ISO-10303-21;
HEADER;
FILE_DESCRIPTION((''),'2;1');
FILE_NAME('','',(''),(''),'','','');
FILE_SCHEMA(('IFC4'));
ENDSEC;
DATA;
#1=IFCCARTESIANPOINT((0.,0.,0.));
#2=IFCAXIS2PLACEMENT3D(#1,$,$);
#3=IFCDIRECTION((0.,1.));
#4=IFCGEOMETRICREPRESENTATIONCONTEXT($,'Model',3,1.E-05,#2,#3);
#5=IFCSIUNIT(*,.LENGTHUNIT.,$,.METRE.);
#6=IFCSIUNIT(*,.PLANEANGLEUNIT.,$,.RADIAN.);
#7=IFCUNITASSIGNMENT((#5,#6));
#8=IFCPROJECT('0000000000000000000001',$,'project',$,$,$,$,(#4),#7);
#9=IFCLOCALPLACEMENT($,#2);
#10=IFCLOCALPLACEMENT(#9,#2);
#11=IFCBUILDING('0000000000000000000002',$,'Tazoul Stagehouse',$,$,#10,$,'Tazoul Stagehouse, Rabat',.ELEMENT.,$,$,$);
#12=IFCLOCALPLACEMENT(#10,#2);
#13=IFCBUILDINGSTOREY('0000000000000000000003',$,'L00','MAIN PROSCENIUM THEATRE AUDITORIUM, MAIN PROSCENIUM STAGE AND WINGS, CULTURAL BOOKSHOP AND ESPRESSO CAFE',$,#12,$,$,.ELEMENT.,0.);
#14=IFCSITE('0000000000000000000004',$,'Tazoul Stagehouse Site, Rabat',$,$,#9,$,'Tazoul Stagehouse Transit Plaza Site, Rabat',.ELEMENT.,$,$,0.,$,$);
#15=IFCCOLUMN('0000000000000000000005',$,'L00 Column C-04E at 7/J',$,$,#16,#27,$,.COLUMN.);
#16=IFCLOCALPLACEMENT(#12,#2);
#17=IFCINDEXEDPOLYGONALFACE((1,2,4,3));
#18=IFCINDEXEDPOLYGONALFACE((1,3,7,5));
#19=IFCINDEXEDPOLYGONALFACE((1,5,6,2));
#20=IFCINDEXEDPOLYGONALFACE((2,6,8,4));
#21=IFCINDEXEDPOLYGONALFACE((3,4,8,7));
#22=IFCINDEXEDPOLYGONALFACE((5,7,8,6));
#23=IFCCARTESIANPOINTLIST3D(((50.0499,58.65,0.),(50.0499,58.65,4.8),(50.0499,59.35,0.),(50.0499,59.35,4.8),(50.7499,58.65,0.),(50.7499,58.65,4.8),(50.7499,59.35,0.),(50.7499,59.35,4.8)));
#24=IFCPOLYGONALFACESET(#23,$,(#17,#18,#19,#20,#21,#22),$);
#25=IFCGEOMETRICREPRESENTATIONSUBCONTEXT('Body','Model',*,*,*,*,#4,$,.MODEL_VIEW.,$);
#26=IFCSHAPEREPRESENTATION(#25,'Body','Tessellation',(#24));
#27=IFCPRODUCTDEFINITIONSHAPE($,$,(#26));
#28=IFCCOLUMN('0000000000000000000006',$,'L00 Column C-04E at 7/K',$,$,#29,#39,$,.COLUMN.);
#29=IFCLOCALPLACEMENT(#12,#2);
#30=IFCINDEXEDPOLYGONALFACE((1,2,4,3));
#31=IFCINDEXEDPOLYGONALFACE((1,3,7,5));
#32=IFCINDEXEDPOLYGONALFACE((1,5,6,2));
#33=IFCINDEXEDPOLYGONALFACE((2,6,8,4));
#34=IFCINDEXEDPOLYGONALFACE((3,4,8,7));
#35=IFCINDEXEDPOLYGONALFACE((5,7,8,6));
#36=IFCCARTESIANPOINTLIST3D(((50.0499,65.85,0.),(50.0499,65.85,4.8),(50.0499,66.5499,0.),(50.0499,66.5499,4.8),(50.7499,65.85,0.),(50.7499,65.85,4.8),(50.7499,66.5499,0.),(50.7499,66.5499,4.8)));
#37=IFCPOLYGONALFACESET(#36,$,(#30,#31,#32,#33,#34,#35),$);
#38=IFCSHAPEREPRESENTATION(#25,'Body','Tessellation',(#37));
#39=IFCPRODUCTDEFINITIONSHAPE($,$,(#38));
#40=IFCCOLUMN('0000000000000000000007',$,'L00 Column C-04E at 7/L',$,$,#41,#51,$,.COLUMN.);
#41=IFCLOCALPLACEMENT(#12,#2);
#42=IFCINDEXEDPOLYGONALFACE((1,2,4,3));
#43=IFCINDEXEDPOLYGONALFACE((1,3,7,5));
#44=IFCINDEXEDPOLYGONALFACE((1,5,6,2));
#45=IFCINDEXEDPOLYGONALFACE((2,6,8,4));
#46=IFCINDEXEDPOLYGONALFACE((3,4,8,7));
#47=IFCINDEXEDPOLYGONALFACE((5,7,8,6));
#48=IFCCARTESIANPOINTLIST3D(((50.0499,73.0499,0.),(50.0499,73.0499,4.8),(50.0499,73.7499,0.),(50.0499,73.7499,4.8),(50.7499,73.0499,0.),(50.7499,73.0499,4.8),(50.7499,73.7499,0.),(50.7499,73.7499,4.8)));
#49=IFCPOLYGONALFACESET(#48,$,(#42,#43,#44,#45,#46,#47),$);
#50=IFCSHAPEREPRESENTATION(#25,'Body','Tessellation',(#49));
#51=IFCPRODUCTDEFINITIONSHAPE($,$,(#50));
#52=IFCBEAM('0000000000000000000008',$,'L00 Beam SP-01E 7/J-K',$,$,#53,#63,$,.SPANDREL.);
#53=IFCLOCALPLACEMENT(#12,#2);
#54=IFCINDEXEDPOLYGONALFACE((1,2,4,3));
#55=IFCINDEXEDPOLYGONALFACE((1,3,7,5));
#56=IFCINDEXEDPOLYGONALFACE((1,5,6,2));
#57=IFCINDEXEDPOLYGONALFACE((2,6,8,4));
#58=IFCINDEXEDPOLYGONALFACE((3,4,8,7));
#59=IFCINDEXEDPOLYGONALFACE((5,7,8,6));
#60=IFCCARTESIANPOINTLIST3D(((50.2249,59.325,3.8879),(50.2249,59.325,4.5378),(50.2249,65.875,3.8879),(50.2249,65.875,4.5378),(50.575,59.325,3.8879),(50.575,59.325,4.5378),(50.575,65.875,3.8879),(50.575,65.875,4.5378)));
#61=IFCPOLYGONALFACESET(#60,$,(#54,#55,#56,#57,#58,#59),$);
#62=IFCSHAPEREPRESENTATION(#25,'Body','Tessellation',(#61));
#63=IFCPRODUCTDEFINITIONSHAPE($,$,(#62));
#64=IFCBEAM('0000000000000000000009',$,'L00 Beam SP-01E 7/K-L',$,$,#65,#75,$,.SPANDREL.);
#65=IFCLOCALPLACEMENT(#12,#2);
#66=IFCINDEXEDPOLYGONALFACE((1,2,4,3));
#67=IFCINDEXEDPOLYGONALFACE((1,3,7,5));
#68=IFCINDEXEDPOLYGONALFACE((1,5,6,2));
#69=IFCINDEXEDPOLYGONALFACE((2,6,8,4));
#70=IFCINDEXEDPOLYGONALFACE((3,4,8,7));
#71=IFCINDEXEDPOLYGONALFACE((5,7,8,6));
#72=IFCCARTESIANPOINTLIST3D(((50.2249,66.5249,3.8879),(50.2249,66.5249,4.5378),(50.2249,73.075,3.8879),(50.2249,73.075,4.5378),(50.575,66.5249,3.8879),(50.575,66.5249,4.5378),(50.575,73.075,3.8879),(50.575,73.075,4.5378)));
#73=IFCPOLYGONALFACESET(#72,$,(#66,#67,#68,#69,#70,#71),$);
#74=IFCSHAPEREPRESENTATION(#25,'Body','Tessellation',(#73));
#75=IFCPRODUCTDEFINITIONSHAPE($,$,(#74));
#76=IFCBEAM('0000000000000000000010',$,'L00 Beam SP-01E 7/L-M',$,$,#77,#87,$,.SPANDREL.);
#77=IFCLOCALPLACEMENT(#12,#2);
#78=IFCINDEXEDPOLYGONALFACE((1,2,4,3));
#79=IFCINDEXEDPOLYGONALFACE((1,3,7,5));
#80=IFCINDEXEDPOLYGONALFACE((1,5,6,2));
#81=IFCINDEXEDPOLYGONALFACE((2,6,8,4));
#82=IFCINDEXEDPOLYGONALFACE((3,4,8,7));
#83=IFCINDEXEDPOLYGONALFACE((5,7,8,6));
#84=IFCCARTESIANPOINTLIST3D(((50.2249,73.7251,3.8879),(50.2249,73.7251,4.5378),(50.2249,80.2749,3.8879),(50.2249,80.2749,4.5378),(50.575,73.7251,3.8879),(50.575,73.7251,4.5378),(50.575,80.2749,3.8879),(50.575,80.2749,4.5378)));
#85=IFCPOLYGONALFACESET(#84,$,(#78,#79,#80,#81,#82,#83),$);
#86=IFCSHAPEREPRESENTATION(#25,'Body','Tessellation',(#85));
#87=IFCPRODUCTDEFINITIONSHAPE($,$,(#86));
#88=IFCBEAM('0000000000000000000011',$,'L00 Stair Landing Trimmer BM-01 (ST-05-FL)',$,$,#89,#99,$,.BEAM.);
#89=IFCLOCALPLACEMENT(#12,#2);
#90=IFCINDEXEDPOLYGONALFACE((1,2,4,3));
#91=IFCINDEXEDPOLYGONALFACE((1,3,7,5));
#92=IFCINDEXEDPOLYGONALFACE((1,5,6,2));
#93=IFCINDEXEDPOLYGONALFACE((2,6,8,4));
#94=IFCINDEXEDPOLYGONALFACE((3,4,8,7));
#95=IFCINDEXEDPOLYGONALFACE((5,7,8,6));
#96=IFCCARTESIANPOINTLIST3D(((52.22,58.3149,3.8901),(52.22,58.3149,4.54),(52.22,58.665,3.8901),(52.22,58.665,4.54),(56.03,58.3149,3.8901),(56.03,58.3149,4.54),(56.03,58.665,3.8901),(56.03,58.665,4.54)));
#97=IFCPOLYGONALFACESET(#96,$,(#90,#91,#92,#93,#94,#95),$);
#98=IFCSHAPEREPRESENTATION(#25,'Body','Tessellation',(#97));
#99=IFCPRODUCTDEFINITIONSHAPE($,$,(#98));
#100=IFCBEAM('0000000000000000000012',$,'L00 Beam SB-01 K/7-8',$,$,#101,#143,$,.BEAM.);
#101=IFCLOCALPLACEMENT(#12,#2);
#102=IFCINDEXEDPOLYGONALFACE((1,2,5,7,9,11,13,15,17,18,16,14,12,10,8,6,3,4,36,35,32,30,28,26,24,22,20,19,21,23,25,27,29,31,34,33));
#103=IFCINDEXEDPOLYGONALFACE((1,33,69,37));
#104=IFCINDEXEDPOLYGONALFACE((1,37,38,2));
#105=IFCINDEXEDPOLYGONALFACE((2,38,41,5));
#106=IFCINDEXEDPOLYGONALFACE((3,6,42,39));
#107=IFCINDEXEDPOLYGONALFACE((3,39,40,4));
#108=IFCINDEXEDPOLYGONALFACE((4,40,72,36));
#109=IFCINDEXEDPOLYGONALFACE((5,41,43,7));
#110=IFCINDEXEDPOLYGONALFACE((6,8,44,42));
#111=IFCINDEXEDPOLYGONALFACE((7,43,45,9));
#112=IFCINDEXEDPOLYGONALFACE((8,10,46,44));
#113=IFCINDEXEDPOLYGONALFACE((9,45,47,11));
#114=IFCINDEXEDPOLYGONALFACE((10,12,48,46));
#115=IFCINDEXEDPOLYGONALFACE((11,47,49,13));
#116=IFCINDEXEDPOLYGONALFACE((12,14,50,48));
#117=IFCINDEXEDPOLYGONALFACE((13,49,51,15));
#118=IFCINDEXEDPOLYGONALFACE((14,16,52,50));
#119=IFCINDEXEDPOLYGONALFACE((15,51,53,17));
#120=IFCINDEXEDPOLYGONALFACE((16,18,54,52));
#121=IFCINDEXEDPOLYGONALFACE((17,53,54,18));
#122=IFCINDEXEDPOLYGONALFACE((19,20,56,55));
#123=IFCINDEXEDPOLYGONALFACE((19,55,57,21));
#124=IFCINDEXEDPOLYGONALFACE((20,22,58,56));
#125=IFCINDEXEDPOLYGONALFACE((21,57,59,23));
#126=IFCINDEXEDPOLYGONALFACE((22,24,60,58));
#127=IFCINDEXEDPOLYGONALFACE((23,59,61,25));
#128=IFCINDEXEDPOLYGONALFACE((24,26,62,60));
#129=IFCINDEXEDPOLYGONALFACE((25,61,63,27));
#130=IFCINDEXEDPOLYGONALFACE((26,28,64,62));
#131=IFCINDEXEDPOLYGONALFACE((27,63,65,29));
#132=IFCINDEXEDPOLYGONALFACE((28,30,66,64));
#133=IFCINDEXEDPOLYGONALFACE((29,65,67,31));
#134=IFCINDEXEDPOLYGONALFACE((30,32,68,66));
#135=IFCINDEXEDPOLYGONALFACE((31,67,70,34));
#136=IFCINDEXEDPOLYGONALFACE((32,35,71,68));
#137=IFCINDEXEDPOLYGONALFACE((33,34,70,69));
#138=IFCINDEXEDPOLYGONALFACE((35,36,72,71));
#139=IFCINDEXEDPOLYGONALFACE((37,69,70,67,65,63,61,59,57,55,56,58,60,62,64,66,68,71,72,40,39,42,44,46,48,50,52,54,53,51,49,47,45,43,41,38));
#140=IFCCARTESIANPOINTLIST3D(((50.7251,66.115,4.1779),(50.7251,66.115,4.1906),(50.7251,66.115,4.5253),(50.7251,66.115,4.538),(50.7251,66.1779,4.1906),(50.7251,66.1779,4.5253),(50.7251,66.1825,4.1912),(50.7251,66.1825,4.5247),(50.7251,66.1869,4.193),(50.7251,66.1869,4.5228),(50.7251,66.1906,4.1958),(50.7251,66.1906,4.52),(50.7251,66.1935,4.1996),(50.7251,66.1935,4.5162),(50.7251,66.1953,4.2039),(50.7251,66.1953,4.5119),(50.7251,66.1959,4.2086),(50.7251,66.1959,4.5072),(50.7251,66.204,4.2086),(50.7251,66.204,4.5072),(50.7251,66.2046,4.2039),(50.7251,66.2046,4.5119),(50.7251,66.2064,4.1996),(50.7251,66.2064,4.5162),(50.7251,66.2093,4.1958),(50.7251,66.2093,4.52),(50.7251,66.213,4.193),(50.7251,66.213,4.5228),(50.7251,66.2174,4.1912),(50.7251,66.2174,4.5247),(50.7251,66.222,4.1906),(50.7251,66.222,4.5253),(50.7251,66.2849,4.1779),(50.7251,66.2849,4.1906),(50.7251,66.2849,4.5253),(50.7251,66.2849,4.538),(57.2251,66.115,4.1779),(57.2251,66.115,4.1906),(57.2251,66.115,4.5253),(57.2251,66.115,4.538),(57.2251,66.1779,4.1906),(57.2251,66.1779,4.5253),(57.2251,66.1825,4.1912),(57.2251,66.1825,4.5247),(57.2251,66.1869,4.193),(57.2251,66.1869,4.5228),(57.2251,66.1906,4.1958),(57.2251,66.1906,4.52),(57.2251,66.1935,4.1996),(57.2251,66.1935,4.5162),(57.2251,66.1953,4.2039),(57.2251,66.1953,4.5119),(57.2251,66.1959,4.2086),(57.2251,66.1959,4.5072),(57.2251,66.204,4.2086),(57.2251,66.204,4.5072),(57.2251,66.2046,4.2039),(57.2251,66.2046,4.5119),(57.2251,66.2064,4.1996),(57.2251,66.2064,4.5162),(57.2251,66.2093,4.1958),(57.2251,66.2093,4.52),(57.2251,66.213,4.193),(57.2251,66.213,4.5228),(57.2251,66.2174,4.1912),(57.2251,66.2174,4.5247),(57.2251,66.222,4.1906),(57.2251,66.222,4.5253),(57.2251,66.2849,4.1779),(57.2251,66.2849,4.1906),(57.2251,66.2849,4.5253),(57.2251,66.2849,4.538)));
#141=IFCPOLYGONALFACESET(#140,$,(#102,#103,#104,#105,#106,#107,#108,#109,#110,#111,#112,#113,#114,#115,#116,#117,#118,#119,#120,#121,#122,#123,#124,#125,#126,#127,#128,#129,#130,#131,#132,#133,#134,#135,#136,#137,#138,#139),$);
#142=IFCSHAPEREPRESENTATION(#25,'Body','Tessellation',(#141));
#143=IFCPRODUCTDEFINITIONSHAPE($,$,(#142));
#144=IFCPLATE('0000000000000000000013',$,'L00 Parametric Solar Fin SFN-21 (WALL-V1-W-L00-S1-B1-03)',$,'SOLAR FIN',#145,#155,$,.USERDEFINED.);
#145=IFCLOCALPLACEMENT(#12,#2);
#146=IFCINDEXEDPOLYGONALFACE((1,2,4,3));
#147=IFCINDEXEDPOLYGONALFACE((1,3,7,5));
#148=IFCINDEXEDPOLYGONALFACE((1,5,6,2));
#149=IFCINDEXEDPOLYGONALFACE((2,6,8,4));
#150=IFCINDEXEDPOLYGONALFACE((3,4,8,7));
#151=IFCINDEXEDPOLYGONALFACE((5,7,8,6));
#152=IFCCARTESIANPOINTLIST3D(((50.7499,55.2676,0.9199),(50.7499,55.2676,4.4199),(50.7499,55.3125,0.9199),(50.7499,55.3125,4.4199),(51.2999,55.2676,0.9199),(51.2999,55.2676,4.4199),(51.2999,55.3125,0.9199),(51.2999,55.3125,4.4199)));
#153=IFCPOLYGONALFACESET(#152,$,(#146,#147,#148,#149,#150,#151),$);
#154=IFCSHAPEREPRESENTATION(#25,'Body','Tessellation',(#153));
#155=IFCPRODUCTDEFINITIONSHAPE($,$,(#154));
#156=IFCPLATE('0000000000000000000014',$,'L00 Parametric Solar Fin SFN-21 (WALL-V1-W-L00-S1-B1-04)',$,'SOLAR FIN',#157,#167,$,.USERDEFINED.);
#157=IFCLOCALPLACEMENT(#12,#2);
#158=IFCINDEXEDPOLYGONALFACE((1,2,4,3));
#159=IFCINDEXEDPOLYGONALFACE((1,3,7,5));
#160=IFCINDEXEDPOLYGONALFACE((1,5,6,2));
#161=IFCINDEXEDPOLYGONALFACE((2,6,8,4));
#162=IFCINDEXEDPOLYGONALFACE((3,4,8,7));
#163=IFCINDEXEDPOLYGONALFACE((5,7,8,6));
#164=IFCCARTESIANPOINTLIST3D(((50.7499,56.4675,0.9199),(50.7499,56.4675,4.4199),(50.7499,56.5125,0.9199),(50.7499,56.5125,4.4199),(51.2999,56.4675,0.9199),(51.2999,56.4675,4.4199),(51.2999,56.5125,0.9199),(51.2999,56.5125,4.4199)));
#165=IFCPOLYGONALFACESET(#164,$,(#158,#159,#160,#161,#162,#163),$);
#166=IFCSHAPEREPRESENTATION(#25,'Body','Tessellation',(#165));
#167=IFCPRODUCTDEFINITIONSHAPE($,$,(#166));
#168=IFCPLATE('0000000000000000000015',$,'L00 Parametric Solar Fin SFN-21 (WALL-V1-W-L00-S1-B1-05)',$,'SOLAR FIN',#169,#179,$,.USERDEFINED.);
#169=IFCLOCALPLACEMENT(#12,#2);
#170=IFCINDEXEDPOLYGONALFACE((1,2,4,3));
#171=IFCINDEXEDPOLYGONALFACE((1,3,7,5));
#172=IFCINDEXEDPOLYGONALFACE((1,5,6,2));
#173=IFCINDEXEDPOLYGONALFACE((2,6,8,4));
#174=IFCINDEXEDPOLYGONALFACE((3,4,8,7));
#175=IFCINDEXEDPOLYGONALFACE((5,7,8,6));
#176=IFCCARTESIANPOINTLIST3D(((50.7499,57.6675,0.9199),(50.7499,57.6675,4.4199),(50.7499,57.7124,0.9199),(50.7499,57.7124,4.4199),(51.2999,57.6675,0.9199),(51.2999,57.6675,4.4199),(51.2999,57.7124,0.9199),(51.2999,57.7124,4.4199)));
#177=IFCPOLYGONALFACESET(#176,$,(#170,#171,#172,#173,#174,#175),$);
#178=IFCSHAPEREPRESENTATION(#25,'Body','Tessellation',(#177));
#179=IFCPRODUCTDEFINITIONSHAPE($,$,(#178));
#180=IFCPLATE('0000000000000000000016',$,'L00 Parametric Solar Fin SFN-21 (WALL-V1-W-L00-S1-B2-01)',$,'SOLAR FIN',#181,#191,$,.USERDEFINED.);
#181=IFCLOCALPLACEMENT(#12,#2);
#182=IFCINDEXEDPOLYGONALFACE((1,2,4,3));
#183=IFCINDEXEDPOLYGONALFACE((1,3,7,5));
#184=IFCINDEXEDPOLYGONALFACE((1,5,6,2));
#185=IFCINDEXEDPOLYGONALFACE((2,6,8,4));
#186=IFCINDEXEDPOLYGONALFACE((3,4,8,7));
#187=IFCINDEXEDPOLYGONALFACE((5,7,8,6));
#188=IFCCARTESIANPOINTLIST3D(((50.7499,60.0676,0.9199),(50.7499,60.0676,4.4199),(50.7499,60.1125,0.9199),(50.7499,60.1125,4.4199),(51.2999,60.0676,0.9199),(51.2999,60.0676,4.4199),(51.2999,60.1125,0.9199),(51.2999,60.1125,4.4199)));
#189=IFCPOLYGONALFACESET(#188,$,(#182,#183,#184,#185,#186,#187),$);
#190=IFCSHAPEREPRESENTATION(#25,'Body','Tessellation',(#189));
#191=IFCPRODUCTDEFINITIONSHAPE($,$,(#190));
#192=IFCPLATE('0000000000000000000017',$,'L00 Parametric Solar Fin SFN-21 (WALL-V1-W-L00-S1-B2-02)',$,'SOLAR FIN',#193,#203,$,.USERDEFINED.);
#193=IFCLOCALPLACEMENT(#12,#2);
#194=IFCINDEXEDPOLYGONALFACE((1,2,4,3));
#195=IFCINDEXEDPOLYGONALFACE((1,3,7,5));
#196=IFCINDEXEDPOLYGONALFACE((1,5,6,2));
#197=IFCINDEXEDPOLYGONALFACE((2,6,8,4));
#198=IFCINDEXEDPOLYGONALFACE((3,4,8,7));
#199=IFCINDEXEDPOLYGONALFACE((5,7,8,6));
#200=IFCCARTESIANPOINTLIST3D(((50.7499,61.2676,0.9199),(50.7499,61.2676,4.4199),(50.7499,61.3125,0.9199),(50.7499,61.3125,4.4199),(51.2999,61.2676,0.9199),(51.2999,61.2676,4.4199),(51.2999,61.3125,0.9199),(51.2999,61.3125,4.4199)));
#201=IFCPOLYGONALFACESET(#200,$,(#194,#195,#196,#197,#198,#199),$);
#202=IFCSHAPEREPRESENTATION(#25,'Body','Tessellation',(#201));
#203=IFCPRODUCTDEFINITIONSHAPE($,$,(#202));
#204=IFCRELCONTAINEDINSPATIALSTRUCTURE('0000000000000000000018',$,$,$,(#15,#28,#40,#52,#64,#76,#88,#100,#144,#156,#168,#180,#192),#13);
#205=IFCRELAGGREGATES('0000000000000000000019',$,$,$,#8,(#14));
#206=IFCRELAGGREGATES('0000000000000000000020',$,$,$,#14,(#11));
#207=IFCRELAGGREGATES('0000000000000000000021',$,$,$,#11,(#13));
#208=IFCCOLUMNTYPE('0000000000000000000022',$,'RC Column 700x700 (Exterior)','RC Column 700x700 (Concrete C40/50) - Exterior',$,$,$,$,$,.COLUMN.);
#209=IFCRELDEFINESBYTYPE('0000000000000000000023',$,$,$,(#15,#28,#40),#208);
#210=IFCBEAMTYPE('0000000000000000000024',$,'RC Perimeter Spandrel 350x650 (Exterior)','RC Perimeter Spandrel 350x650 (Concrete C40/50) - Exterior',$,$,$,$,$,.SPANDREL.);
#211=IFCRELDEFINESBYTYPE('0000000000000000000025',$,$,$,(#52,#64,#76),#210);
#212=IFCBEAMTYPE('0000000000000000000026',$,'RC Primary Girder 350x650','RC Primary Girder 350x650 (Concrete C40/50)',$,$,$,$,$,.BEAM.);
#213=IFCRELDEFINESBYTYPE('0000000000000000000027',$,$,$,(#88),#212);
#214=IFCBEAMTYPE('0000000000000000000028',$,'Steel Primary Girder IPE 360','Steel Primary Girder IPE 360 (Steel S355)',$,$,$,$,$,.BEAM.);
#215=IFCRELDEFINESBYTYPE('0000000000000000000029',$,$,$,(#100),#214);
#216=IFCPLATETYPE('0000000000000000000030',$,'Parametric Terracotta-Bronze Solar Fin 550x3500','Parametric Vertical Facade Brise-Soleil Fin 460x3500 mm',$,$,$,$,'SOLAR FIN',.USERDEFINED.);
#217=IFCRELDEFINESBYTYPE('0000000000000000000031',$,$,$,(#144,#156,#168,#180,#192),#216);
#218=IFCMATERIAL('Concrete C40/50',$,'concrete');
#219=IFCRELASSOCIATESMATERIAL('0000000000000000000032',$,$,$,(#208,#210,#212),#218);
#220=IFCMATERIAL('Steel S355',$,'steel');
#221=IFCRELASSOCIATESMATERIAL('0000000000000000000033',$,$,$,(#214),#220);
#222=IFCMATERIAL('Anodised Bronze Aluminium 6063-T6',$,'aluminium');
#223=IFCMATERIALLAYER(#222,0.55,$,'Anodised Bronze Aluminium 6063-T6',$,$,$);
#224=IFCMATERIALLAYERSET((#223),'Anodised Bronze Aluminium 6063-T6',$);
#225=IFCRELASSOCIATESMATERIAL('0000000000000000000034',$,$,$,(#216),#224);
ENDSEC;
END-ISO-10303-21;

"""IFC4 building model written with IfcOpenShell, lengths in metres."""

from ifc_helpers import new_model, si_unit, direction, frame, origin, origin_2d, place, context, subcontext, project, spatial, rectangle, i_section, extrude, material, layer, layer_set, material_profile, profile_set, type_object, element, save


model = new_model("IFC4")

# Units and contexts
model_context = context("Model", 3, precision=1e-05, world=origin(), true_north=direction((0.0, 1.0)))
body_context = subcontext(model_context, "Body", "Model", "MODEL_VIEW")
ifc_project = project(units=[si_unit("LENGTHUNIT", "METRE"), si_unit("PLANEANGLEUNIT", "RADIAN")], contexts=[model_context])

# Site, building, storey
site_placement = place(None, origin())
site = spatial("IfcSite", under=ifc_project, at=site_placement, Name="Tazoul Stagehouse Site, Rabat", LongName="Tazoul Stagehouse Transit Plaza Site, Rabat", CompositionType="ELEMENT", RefElevation=0.0)
building_placement = place(site_placement, origin())
building = spatial("IfcBuilding", under=site, at=building_placement, Name="Tazoul Stagehouse", LongName="Tazoul Stagehouse, Rabat", CompositionType="ELEMENT")
storey_placement = place(building_placement, origin())
storey = spatial("IfcBuildingStorey", under=building, at=storey_placement, Name="L00", Description="MAIN PROSCENIUM THEATRE AUDITORIUM, MAIN PROSCENIUM STAGE AND WINGS, CULTURAL BOOKSHOP AND ESPRESSO CAFE", CompositionType="ELEMENT", Elevation=0.0)

# Columns
ifc_material_1 = material(Name="Concrete C40/50", Category="concrete")
ifc_material_profile_1 = material_profile(ifc_material_1, rectangle(XDim=0.7, YDim=0.7, at=origin_2d()), Name="RC 700x700")
ifc_profile_set_1 = profile_set([ifc_material_profile_1], Name="Concrete C40/50")
column_type = type_object("IfcColumnType", Name="RC Column 700x700 (Exterior)", Description="RC Column 700x700 (Concrete C40/50) - Exterior", PredefinedType="COLUMN", material=ifc_profile_set_1)
for number, where, z_axis, x_axis, name in (
    (1, (50.3999, 59.0, 0.0), (0.0, 0.0, 1.0), (1.0, 0.0, 0.0), "L00 Column C-04E at 7/J"),
    (2, (50.3999, 66.2, 0.0), (0.0, 0.0, 1.0), (1.0, 0.0, 0.0), "L00 Column C-04E at 7/K"),
    (3, (50.3999, 73.3999, 0.0), (0.0, 0.0, 1.0), (1.0, 0.0, 0.0), "L00 Column C-04E at 7/L"),
):
    element("IfcColumn", number, at=place(storey_placement, frame(where, z_axis=z_axis, x_axis=x_axis)), inside=storey, type_object=column_type, Name=name, PredefinedType="COLUMN", context=body_context, shape_type="SweptSolid", body=[
        extrude(rectangle(XDim=0.7, YDim=0.7, at=origin_2d()), origin(), (0.0, 0.0, 1.0), 4.8),
    ])

# Beams
ifc_material_profile_2 = material_profile(ifc_material_1, rectangle(XDim=0.3501, YDim=0.6499, at=origin_2d()), Name="RC 350x650")
ifc_profile_set_2 = profile_set([ifc_material_profile_2], Name="Concrete C40/50")
beam_type_1 = type_object("IfcBeamType", Name="RC Perimeter Spandrel 350x650 (Exterior)", Description="RC Perimeter Spandrel 350x650 (Concrete C40/50) - Exterior", PredefinedType="SPANDREL", material=ifc_profile_set_2)
for number, where, z_axis, x_axis, name in (
    (4, (50.3999, 59.325, 4.2129), (0.0, 1.0, 0.0), (-1.0, 0.0, 0.0), "L00 Beam SP-01E 7/J-K"),
    (5, (50.3999, 66.5249, 4.2129), (0.0, 1.0, 0.0), (-1.0, 0.0, 0.0), "L00 Beam SP-01E 7/K-L"),
):
    element("IfcBeam", number, at=place(storey_placement, frame(where, z_axis=z_axis, x_axis=x_axis)), inside=storey, type_object=beam_type_1, Name=name, PredefinedType="SPANDREL", context=body_context, shape_type="SweptSolid", body=[
        extrude(rectangle(XDim=0.3501, YDim=0.6499, at=origin_2d()), origin(), (0.0, 0.0, 1.0), 6.55),
    ])
beam_1_placement = place(storey_placement, frame((50.3999, 73.7251, 4.2129), z_axis=(0.0, 1.0, 0.0), x_axis=(-1.0, 0.0, 0.0)))
element("IfcBeam", 6, at=beam_1_placement, inside=storey, type_object=beam_type_1, Name="L00 Beam SP-01E 7/L-M", PredefinedType="SPANDREL", context=body_context, shape_type="SweptSolid", body=[
    extrude(rectangle(XDim=0.3501, YDim=0.6499, at=origin_2d()), origin(), (0.0, 0.0, 1.0), 6.5498),
])
ifc_material_profile_3 = material_profile(ifc_material_1, rectangle(XDim=0.3501, YDim=0.6499, at=origin_2d()), Name="RC 350x650")
ifc_profile_set_3 = profile_set([ifc_material_profile_3], Name="Concrete C40/50")
beam_type_2 = type_object("IfcBeamType", Name="RC Primary Girder 350x650", Description="RC Primary Girder 350x650 (Concrete C40/50)", PredefinedType="BEAM", material=ifc_profile_set_3)
beam_2_placement = place(storey_placement, frame((52.22, 58.49, 4.2151), z_axis=(1.0, 0.0, 0.0), x_axis=(0.0, 1.0, 0.0)))
element("IfcBeam", 7, at=beam_2_placement, inside=storey, type_object=beam_type_2, Name="L00 Stair Landing Trimmer BM-01 (ST-05-FL)", PredefinedType="BEAM", context=body_context, shape_type="SweptSolid", body=[
    extrude(rectangle(XDim=0.3501, YDim=0.6499, at=origin_2d()), origin(), (0.0, 0.0, 1.0), 3.8101),
])
ifc_material_2 = material(Name="Steel S355", Category="steel")
ifc_material_profile_4 = material_profile(ifc_material_2, i_section(OverallWidth=0.1699, OverallDepth=0.3601, WebThickness=0.0081, FlangeThickness=0.0127, FilletRadius=0.0181, at=origin_2d()), Name="IPE 360")
ifc_profile_set_4 = profile_set([ifc_material_profile_4], Name="Steel S355")
beam_type_3 = type_object("IfcBeamType", Name="Steel Primary Girder IPE 360", Description="Steel Primary Girder IPE 360 (Steel S355)", PredefinedType="BEAM", material=ifc_profile_set_4)
beam_3_placement = place(storey_placement, frame((50.7251, 66.2, 4.3579), z_axis=(1.0, 0.0, 0.0), x_axis=(0.0, 1.0, 0.0)))
element("IfcBeam", 8, at=beam_3_placement, inside=storey, type_object=beam_type_3, Name="L00 Beam SB-01 K/7-8", PredefinedType="BEAM", context=body_context, shape_type="SweptSolid", body=[
    extrude(i_section(OverallWidth=0.1699, OverallDepth=0.3601, WebThickness=0.0081, FlangeThickness=0.0127, FilletRadius=0.0181, at=origin_2d()), origin(), (0.0, 0.0, 1.0), 6.5),
])

# Plates
ifc_material_3 = material(Name="Anodised Bronze Aluminium 6063-T6", Category="aluminium")
ifc_layer_1 = layer(ifc_material_3, 0.55, Name="Anodised Bronze Aluminium 6063-T6")
ifc_layer_set_1 = layer_set([ifc_layer_1], Name="Anodised Bronze Aluminium 6063-T6")
plate_type_1 = type_object("IfcPlateType", Name="Parametric Terracotta-Bronze Solar Fin 550x3500", Description="Parametric Vertical Facade Brise-Soleil Fin 460x3500 mm", ElementType="SOLAR FIN", PredefinedType="USERDEFINED", material=ifc_layer_set_1)
for number, where, z_axis, x_axis, name in (
    (9, (51.0249, 55.29, 0.9199), (0.0, 0.0, 1.0), (0.0, 1.0, 0.0), "L00 Parametric Solar Fin SFN-21 (WALL-V1-W-L00-S1-B1-03)"),
    (10, (51.0249, 56.49, 0.9199), (0.0, 0.0, 1.0), (0.0, 1.0, 0.0), "L00 Parametric Solar Fin SFN-21 (WALL-V1-W-L00-S1-B1-04)"),
    (11, (51.0249, 57.6899, 0.9199), (0.0, 0.0, 1.0), (0.0, 1.0, 0.0), "L00 Parametric Solar Fin SFN-21 (WALL-V1-W-L00-S1-B1-05)"),
    (12, (51.0249, 60.0901, 0.9199), (0.0, 0.0, 1.0), (0.0, 1.0, 0.0), "L00 Parametric Solar Fin SFN-21 (WALL-V1-W-L00-S1-B2-01)"),
    (13, (51.0249, 61.29, 0.9199), (0.0, 0.0, 1.0), (0.0, 1.0, 0.0), "L00 Parametric Solar Fin SFN-21 (WALL-V1-W-L00-S1-B2-02)"),
):
    element("IfcPlate", number, at=place(storey_placement, frame(where, z_axis=z_axis, x_axis=x_axis)), inside=storey, type_object=plate_type_1, Name=name, ObjectType="SOLAR FIN", PredefinedType="USERDEFINED", context=body_context, shape_type="SweptSolid", body=[
        extrude(rectangle(XDim=0.0449, YDim=0.55, at=origin_2d()), origin(), (0.0, 0.0, 1.0), 3.5),
    ])

save(model, "model.ifc")
